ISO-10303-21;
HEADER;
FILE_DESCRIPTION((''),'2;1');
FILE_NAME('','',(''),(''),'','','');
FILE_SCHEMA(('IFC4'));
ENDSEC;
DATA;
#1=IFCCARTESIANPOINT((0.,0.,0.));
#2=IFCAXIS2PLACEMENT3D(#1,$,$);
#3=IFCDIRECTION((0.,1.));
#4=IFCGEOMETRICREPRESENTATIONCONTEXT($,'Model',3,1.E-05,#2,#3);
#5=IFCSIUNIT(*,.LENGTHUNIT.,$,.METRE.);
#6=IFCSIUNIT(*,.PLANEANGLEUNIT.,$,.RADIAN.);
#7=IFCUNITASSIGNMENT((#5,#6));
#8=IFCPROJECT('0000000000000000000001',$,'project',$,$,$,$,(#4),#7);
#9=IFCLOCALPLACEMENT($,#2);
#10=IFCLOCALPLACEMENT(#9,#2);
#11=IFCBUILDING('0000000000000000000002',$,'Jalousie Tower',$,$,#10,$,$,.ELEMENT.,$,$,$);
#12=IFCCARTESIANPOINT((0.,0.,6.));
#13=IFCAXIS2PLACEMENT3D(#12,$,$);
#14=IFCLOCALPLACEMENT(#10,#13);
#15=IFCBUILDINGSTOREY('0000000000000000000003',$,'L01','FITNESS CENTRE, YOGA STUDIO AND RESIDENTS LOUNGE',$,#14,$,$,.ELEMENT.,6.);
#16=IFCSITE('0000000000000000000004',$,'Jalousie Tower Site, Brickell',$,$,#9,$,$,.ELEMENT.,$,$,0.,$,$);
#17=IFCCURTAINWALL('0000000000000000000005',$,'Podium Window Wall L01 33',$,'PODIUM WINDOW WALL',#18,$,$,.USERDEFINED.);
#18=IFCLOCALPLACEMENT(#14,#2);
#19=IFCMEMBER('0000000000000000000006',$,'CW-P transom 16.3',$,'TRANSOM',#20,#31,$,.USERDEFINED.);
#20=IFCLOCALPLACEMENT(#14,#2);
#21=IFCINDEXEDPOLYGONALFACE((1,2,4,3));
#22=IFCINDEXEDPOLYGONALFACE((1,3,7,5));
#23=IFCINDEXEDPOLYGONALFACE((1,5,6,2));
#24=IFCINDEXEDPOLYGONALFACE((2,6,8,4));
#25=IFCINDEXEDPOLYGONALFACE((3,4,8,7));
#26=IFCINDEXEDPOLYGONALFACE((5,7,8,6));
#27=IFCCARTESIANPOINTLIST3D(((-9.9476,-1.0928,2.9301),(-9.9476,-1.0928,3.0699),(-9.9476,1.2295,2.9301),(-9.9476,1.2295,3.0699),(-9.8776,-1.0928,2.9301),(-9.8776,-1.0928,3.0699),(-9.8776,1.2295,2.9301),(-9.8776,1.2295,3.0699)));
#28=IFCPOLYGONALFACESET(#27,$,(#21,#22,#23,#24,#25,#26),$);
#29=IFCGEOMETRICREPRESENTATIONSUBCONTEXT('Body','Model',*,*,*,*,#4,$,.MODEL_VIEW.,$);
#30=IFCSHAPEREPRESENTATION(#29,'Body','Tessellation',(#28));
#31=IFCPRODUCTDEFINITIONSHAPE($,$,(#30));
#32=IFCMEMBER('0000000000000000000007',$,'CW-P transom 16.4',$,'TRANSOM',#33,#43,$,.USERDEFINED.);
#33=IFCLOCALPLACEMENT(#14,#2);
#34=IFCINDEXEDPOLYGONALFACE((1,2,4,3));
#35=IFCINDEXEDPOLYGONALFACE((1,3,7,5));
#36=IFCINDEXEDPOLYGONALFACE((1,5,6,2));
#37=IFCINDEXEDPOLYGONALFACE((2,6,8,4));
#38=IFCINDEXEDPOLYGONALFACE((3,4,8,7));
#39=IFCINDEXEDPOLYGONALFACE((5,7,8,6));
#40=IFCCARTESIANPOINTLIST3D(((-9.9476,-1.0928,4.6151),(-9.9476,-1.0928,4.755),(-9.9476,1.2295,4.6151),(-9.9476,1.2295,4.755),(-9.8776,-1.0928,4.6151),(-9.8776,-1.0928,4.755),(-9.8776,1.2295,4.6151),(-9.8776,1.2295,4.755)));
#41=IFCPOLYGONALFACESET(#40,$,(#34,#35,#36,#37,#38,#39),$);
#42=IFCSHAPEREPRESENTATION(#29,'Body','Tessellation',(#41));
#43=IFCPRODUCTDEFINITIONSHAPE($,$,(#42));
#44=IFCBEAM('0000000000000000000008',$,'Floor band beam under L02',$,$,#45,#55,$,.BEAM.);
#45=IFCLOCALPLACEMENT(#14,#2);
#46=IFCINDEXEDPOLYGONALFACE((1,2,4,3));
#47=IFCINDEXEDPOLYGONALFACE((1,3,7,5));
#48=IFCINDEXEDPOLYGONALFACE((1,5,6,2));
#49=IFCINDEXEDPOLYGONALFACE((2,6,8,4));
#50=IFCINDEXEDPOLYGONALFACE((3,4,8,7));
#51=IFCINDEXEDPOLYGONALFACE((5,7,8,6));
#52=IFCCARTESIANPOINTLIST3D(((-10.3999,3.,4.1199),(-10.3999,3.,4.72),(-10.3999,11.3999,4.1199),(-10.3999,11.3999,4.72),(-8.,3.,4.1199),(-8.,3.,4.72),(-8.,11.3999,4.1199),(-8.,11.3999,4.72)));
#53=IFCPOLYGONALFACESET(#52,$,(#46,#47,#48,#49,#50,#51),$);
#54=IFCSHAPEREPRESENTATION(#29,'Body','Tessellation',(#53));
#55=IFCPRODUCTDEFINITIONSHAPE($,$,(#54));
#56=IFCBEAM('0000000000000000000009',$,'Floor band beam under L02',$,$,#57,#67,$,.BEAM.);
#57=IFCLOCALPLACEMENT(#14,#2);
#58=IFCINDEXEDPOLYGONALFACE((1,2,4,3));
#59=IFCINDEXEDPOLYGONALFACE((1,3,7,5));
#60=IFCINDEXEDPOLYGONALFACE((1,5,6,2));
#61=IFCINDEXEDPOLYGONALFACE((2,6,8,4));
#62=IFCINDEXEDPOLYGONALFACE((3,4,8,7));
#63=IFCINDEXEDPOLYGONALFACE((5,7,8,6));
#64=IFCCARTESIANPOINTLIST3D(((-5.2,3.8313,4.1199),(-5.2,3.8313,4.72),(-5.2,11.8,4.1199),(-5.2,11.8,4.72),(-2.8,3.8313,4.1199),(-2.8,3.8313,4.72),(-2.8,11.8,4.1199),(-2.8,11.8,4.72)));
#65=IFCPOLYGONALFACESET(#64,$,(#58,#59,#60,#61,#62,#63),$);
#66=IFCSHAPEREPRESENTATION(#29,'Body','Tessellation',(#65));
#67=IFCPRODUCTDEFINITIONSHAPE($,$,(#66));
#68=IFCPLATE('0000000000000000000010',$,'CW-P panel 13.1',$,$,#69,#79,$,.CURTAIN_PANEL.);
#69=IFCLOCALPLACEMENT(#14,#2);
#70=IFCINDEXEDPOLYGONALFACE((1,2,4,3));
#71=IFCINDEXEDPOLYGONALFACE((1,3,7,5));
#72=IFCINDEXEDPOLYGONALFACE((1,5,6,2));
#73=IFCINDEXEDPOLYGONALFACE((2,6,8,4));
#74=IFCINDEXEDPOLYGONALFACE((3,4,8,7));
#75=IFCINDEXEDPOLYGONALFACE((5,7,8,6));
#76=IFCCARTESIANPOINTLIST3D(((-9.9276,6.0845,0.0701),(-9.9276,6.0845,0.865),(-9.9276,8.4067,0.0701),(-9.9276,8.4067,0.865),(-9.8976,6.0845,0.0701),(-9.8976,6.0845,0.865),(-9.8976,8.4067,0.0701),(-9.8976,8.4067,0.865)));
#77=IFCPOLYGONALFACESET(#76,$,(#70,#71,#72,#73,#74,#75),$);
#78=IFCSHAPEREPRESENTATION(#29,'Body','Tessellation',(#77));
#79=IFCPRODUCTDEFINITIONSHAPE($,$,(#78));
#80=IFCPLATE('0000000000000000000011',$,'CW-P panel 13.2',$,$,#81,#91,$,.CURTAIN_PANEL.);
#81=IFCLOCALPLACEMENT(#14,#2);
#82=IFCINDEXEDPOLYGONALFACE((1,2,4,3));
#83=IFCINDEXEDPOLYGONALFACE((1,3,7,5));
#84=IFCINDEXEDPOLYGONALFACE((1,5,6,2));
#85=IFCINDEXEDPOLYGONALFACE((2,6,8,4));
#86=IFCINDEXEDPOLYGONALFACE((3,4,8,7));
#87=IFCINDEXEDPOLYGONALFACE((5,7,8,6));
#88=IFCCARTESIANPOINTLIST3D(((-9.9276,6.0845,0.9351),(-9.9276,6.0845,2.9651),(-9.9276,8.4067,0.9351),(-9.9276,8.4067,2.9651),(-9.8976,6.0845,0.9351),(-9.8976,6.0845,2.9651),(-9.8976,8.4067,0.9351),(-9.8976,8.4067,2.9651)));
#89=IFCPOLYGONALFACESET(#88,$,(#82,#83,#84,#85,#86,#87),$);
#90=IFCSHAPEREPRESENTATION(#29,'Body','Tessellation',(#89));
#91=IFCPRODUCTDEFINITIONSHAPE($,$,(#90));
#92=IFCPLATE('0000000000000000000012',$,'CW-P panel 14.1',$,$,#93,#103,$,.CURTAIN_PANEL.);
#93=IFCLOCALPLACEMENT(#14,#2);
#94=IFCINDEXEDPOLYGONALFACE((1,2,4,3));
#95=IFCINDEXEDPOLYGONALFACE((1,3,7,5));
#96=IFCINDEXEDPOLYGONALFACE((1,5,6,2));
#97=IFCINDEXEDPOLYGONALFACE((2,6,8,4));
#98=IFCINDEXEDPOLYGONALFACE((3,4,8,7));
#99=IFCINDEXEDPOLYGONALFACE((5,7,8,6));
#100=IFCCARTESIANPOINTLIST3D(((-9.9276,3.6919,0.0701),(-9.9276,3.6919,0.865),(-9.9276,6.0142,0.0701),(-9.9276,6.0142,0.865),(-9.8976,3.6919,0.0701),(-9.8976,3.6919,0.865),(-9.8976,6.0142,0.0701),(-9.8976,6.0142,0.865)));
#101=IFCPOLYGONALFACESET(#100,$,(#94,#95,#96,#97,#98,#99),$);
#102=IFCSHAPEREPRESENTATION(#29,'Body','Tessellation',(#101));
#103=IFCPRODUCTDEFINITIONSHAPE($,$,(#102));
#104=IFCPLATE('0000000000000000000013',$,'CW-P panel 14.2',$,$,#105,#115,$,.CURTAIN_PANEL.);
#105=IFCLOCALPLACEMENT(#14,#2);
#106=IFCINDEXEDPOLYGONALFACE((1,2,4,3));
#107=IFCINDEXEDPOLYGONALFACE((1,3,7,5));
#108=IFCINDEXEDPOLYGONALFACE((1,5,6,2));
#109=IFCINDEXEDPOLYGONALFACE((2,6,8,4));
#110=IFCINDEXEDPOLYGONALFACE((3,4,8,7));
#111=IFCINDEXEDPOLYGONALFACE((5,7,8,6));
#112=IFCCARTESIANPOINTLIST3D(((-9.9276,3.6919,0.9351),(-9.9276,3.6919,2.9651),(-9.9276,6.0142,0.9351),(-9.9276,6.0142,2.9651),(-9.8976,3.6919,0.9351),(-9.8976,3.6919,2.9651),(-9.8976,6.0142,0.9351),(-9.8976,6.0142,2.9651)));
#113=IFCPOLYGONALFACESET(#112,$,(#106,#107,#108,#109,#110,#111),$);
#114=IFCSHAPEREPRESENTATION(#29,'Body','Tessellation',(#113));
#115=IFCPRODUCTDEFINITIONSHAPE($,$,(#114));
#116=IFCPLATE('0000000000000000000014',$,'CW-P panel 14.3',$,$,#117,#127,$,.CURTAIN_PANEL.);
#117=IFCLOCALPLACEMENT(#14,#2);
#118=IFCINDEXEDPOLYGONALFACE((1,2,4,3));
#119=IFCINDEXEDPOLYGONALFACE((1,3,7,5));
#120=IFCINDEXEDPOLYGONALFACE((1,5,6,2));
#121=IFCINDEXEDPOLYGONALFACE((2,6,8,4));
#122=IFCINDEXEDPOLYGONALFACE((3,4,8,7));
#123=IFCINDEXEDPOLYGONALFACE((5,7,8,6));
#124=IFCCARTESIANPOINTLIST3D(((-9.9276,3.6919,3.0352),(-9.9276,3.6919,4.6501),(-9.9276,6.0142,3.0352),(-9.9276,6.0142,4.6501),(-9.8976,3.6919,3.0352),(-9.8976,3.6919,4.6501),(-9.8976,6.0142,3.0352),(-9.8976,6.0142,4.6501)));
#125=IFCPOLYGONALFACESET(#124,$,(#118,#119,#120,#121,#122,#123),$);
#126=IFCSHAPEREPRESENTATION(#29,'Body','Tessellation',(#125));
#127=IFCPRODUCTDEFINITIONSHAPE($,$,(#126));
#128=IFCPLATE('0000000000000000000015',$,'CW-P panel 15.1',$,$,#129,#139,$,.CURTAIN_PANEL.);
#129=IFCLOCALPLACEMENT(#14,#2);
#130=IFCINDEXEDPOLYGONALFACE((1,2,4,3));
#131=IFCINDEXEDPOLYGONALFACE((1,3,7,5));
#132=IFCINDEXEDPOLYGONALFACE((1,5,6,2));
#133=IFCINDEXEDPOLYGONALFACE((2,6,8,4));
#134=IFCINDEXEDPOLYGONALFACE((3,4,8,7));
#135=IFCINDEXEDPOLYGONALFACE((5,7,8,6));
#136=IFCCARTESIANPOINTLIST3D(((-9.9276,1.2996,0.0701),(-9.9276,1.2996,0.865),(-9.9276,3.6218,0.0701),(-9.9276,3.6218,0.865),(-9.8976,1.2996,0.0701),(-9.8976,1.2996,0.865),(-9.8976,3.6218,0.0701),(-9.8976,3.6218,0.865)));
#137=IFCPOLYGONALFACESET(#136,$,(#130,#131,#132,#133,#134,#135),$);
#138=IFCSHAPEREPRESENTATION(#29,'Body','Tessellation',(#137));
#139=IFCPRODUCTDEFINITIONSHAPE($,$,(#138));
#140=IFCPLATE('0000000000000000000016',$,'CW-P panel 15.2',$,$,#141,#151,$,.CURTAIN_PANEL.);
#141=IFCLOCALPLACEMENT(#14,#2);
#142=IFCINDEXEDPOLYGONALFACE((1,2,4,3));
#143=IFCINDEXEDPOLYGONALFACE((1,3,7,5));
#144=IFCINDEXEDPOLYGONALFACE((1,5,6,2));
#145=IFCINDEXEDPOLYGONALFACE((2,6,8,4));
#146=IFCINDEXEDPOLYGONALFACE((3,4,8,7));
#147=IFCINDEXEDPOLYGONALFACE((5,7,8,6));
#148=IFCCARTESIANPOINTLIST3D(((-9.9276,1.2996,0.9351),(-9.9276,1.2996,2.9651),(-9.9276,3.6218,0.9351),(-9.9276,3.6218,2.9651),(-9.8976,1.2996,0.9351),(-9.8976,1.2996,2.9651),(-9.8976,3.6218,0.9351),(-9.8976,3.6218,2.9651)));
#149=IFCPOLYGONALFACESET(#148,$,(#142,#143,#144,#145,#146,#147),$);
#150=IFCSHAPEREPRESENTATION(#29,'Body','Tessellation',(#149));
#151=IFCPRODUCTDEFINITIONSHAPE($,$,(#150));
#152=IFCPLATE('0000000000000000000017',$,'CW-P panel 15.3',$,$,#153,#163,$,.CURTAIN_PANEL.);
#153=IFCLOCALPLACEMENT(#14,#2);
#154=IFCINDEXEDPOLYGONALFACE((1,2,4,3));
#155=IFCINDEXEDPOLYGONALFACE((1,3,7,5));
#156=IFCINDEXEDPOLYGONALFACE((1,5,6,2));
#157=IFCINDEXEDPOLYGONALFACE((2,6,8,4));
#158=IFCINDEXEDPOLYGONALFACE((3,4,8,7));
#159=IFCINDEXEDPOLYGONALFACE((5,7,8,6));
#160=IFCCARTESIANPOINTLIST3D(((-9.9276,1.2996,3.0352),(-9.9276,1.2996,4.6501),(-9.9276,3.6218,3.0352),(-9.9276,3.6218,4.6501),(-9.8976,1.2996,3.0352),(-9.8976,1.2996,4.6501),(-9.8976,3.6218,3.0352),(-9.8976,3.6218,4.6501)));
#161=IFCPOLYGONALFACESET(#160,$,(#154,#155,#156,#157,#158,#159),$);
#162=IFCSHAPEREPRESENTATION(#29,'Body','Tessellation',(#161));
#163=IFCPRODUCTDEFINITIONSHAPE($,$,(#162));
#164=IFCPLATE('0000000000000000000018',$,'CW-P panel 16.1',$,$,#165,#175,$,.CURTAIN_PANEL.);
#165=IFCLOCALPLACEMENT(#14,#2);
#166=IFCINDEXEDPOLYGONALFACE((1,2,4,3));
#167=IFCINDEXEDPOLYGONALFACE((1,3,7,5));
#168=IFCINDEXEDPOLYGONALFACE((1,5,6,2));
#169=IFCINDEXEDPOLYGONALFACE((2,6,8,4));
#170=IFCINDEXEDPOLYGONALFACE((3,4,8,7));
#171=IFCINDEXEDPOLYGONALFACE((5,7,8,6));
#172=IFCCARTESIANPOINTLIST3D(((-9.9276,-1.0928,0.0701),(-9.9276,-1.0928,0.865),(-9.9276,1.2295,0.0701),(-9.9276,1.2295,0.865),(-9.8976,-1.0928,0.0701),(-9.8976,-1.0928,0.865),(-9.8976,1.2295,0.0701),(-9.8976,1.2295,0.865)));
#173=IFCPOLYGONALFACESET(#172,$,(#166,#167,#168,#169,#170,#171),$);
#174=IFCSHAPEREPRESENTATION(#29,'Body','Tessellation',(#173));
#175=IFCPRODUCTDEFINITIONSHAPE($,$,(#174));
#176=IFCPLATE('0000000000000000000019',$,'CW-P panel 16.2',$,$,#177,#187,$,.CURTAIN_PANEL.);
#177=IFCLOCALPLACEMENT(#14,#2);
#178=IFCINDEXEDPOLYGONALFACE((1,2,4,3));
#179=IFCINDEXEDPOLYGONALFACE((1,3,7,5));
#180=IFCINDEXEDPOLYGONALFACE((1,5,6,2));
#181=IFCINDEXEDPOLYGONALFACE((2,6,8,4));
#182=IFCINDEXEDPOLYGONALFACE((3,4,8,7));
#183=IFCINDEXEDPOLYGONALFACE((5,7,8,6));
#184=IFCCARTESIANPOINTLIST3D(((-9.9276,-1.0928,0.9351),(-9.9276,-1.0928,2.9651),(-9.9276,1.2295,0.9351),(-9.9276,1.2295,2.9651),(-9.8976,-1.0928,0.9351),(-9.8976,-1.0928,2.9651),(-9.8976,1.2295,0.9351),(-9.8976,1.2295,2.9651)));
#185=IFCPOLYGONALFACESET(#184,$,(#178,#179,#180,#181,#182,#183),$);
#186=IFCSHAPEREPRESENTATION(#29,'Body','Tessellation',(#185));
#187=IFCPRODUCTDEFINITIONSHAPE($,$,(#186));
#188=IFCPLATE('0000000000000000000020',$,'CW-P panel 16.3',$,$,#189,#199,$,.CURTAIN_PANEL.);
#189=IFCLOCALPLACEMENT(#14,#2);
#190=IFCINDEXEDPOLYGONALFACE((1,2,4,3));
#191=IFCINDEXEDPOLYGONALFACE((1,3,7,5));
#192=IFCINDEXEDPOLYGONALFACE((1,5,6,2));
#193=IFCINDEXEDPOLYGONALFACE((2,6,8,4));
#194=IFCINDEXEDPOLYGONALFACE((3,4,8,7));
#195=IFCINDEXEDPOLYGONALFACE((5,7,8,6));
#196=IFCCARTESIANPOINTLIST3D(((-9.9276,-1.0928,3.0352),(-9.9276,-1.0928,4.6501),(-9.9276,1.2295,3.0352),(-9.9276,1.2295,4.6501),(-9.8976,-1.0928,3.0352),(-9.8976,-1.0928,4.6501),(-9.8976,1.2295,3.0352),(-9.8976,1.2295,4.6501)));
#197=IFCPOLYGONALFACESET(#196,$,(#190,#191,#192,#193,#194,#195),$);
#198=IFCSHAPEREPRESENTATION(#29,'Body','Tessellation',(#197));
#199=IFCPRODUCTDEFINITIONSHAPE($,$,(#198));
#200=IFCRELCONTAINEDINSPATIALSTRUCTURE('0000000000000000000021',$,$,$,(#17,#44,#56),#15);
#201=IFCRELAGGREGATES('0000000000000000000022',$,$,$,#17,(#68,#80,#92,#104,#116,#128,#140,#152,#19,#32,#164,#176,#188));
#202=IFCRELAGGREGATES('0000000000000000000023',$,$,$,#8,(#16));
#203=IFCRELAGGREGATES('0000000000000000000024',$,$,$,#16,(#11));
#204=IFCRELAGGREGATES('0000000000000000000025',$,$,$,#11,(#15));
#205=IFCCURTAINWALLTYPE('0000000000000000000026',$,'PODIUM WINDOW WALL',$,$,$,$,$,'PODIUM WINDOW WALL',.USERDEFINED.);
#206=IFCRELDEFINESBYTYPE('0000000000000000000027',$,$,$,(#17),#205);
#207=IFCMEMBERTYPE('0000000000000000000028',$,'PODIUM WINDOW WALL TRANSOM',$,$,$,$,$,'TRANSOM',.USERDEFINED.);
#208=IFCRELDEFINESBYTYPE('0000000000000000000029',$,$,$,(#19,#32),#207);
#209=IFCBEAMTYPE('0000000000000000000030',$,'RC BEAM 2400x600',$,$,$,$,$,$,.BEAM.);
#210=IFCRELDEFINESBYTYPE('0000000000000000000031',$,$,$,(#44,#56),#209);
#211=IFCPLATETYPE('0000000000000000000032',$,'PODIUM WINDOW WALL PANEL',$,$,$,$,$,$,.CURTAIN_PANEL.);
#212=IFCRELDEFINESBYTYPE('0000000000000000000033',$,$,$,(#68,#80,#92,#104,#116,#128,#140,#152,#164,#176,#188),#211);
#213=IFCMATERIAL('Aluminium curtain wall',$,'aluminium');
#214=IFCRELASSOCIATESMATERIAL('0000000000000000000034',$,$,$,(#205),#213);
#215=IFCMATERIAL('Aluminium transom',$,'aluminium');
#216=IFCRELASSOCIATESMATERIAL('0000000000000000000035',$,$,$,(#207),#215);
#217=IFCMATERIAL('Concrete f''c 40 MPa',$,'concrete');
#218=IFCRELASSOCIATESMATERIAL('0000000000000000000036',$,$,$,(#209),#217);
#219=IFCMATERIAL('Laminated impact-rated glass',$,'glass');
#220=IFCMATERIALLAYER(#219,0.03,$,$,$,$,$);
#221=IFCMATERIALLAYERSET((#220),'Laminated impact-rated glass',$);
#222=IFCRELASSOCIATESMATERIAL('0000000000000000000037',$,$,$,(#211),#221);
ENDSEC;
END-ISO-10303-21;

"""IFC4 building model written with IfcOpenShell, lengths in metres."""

from ifc_helpers import new_model, si_unit, direction, frame, origin, origin_2d, place, context, subcontext, project, spatial, rectangle, extrude, material, layer, layer_set, material_profile, profile_set, type_object, element, aggregate, save


model = new_model("IFC4")

# Units and contexts
model_context = context("Model", 3, precision=1e-05, world=origin(), true_north=direction((0.0, 1.0)))
body_context = subcontext(model_context, "Body", "Model", "MODEL_VIEW")
ifc_project = project(units=[si_unit("LENGTHUNIT", "METRE"), si_unit("PLANEANGLEUNIT", "RADIAN")], contexts=[model_context])

# Site, building, storey
site_placement = place(None, origin())
site = spatial("IfcSite", under=ifc_project, at=site_placement, Name="Jalousie Tower Site, Brickell", CompositionType="ELEMENT", RefElevation=0.0)
building_placement = place(site_placement, origin())
building = spatial("IfcBuilding", under=site, at=building_placement, Name="Jalousie Tower", CompositionType="ELEMENT")
storey_placement = place(building_placement, frame((0.0, 0.0, 6.0)))
storey = spatial("IfcBuildingStorey", under=building, at=storey_placement, Name="L01", Description="FITNESS CENTRE, YOGA STUDIO AND RESIDENTS LOUNGE", CompositionType="ELEMENT", Elevation=6.0)

# Curtain wall, members
ifc_material_1 = material(Name="Aluminium curtain wall", Category="aluminium")
curtain_wall_type = type_object("IfcCurtainWallType", Name="PODIUM WINDOW WALL", ElementType="PODIUM WINDOW WALL", PredefinedType="USERDEFINED", material=ifc_material_1)
curtain_wall_placement = place(storey_placement, origin())
curtain_wall = element("IfcCurtainWall", 1, at=curtain_wall_placement, inside=storey, type_object=curtain_wall_type, Name="Podium Window Wall L01 33", ObjectType="PODIUM WINDOW WALL", PredefinedType="USERDEFINED")
ifc_material_2 = material(Name="Aluminium transom", Category="aluminium")
ifc_material_profile_1 = material_profile(ifc_material_2, rectangle(XDim=0.0701, YDim=0.1399, at=origin_2d()), Name="TRANSOM 70x140")
ifc_profile_set_1 = profile_set([ifc_material_profile_1], Name="Aluminium transom")
member_type_1 = type_object("IfcMemberType", Name="PODIUM WINDOW WALL TRANSOM", ElementType="TRANSOM", PredefinedType="USERDEFINED", material=ifc_profile_set_1)
member_1_placement = place(storey_placement, frame((-9.9126, 1.2295, 3.0), z_axis=(0.0, -1.0, 0.0), x_axis=(1.0, 0.0, 0.0)))
member_1 = element("IfcMember", 2, at=member_1_placement, type_object=member_type_1, Name="CW-P transom 16.3", ObjectType="TRANSOM", PredefinedType="USERDEFINED", context=body_context, shape_type="SweptSolid", body=[
    extrude(rectangle(XDim=0.0701, YDim=0.1399, at=origin_2d()), origin(), (0.0, 0.0, 1.0), 2.3223),
])
member_2_placement = place(storey_placement, frame((-9.9126, 1.2295, 4.6851), z_axis=(0.0, -1.0, 0.0), x_axis=(1.0, 0.0, 0.0)))
member_2 = element("IfcMember", 3, at=member_2_placement, type_object=member_type_1, Name="CW-P transom 16.4", ObjectType="TRANSOM", PredefinedType="USERDEFINED", context=body_context, shape_type="SweptSolid", body=[
    extrude(rectangle(XDim=0.0701, YDim=0.1399, at=origin_2d()), origin(), (0.0, 0.0, 1.0), 2.3223),
])

# Beams
ifc_material_3 = material(Name="Concrete f'c 40 MPa", Category="concrete")
ifc_material_profile_2 = material_profile(ifc_material_3, rectangle(XDim=2.3999, YDim=0.6001, at=origin_2d()), Name="RC 2400x600")
ifc_profile_set_2 = profile_set([ifc_material_profile_2], Name="Concrete f'c 40 MPa")
beam_type = type_object("IfcBeamType", Name="RC BEAM 2400x600", PredefinedType="BEAM", material=ifc_profile_set_2)
beam_1_placement = place(storey_placement, frame((-9.2, 3.0, 4.4199), z_axis=(0.0, 1.0, 0.0), x_axis=(-1.0, 0.0, 0.0)))
element("IfcBeam", 4, at=beam_1_placement, inside=storey, type_object=beam_type, Name="Floor band beam under L02", PredefinedType="BEAM", context=body_context, shape_type="SweptSolid", body=[
    extrude(rectangle(XDim=2.3999, YDim=0.6001, at=origin_2d()), origin(), (0.0, 0.0, 1.0), 8.3999),
])
beam_2_placement = place(storey_placement, frame((-4.0, 3.8313, 4.4199), z_axis=(0.0, 1.0, 0.0), x_axis=(-1.0, 0.0, 0.0)))
element("IfcBeam", 5, at=beam_2_placement, inside=storey, type_object=beam_type, Name="Floor band beam under L02", PredefinedType="BEAM", context=body_context, shape_type="SweptSolid", body=[
    extrude(rectangle(XDim=2.3999, YDim=0.6001, at=origin_2d()), origin(), (0.0, 0.0, 1.0), 7.9688),
])

# Plates
ifc_material_4 = material(Name="Laminated impact-rated glass", Category="glass")
ifc_layer_1 = layer(ifc_material_4, 0.03)
ifc_layer_set_1 = layer_set([ifc_layer_1], Name="Laminated impact-rated glass")
plate_type = type_object("IfcPlateType", Name="PODIUM WINDOW WALL PANEL", PredefinedType="CURTAIN_PANEL", material=ifc_layer_set_1)
plate_1_placement = place(storey_placement, frame((-9.9126, 7.2456, 0.0701), z_axis=(0.0, 0.0, 1.0), x_axis=(0.0, -1.0, 0.0)))
plate_1 = element("IfcPlate", 6, at=plate_1_placement, type_object=plate_type, Name="CW-P panel 13.1", PredefinedType="CURTAIN_PANEL", context=body_context, shape_type="SweptSolid", body=[
    extrude(rectangle(XDim=2.3223, YDim=0.03, at=origin_2d()), origin(), (0.0, 0.0, 1.0), 0.7949),
])
plate_2_placement = place(storey_placement, frame((-9.9126, 7.2456, 0.9351), z_axis=(0.0, 0.0, 1.0), x_axis=(0.0, -1.0, 0.0)))
plate_2 = element("IfcPlate", 7, at=plate_2_placement, type_object=plate_type, Name="CW-P panel 13.2", PredefinedType="CURTAIN_PANEL", context=body_context, shape_type="SweptSolid", body=[
    extrude(rectangle(XDim=2.3223, YDim=0.03, at=origin_2d()), origin(), (0.0, 0.0, 1.0), 2.03),
])
plate_3_placement = place(storey_placement, frame((-9.9126, 4.853, 0.0701), z_axis=(0.0, 0.0, 1.0), x_axis=(0.0, -1.0, 0.0)))
plate_3 = element("IfcPlate", 8, at=plate_3_placement, type_object=plate_type, Name="CW-P panel 14.1", PredefinedType="CURTAIN_PANEL", context=body_context, shape_type="SweptSolid", body=[
    extrude(rectangle(XDim=2.3223, YDim=0.03, at=origin_2d()), origin(), (0.0, 0.0, 1.0), 0.7949),
])
plate_4_placement = place(storey_placement, frame((-9.9126, 4.853, 0.9351), z_axis=(0.0, 0.0, 1.0), x_axis=(0.0, -1.0, 0.0)))
plate_4 = element("IfcPlate", 9, at=plate_4_placement, type_object=plate_type, Name="CW-P panel 14.2", PredefinedType="CURTAIN_PANEL", context=body_context, shape_type="SweptSolid", body=[
    extrude(rectangle(XDim=2.3223, YDim=0.03, at=origin_2d()), origin(), (0.0, 0.0, 1.0), 2.03),
])
plate_5_placement = place(storey_placement, frame((-9.9126, 4.853, 3.0352), z_axis=(0.0, 0.0, 1.0), x_axis=(0.0, -1.0, 0.0)))
plate_5 = element("IfcPlate", 10, at=plate_5_placement, type_object=plate_type, Name="CW-P panel 14.3", PredefinedType="CURTAIN_PANEL", context=body_context, shape_type="SweptSolid", body=[
    extrude(rectangle(XDim=2.3223, YDim=0.03, at=origin_2d()), origin(), (0.0, 0.0, 1.0), 1.615),
])
plate_6_placement = place(storey_placement, frame((-9.9126, 2.4607, 0.0701), z_axis=(0.0, 0.0, 1.0), x_axis=(0.0, -1.0, 0.0)))
plate_6 = element("IfcPlate", 11, at=plate_6_placement, type_object=plate_type, Name="CW-P panel 15.1", PredefinedType="CURTAIN_PANEL", context=body_context, shape_type="SweptSolid", body=[
    extrude(rectangle(XDim=2.3223, YDim=0.03, at=origin_2d()), origin(), (0.0, 0.0, 1.0), 0.7949),
])
plate_7_placement = place(storey_placement, frame((-9.9126, 2.4607, 0.9351), z_axis=(0.0, 0.0, 1.0), x_axis=(0.0, -1.0, 0.0)))
plate_7 = element("IfcPlate", 12, at=plate_7_placement, type_object=plate_type, Name="CW-P panel 15.2", PredefinedType="CURTAIN_PANEL", context=body_context, shape_type="SweptSolid", body=[
    extrude(rectangle(XDim=2.3223, YDim=0.03, at=origin_2d()), origin(), (0.0, 0.0, 1.0), 2.03),
])
plate_8_placement = place(storey_placement, frame((-9.9126, 2.4607, 3.0352), z_axis=(0.0, 0.0, 1.0), x_axis=(0.0, -1.0, 0.0)))
plate_8 = element("IfcPlate", 13, at=plate_8_placement, type_object=plate_type, Name="CW-P panel 15.3", PredefinedType="CURTAIN_PANEL", context=body_context, shape_type="SweptSolid", body=[
    extrude(rectangle(XDim=2.3223, YDim=0.03, at=origin_2d()), origin(), (0.0, 0.0, 1.0), 1.615),
])
plate_9_placement = place(storey_placement, frame((-9.9126, 0.0684, 0.0701), z_axis=(0.0, 0.0, 1.0), x_axis=(0.0, -1.0, 0.0)))
plate_9 = element("IfcPlate", 14, at=plate_9_placement, type_object=plate_type, Name="CW-P panel 16.1", PredefinedType="CURTAIN_PANEL", context=body_context, shape_type="SweptSolid", body=[
    extrude(rectangle(XDim=2.3223, YDim=0.03, at=origin_2d()), origin(), (0.0, 0.0, 1.0), 0.7949),
])
plate_10_placement = place(storey_placement, frame((-9.9126, 0.0684, 0.9351), z_axis=(0.0, 0.0, 1.0), x_axis=(0.0, -1.0, 0.0)))
plate_10 = element("IfcPlate", 15, at=plate_10_placement, type_object=plate_type, Name="CW-P panel 16.2", PredefinedType="CURTAIN_PANEL", context=body_context, shape_type="SweptSolid", body=[
    extrude(rectangle(XDim=2.3223, YDim=0.03, at=origin_2d()), origin(), (0.0, 0.0, 1.0), 2.03),
])
plate_11_placement = place(storey_placement, frame((-9.9126, 0.0684, 3.0352), z_axis=(0.0, 0.0, 1.0), x_axis=(0.0, -1.0, 0.0)))
plate_11 = element("IfcPlate", 16, at=plate_11_placement, type_object=plate_type, Name="CW-P panel 16.3", PredefinedType="CURTAIN_PANEL", context=body_context, shape_type="SweptSolid", body=[
    extrude(rectangle(XDim=2.3223, YDim=0.03, at=origin_2d()), origin(), (0.0, 0.0, 1.0), 1.615),
])
aggregate(curtain_wall, [plate_1, plate_2, plate_3, plate_4, plate_5, plate_6, plate_7, plate_8, member_1, member_2, plate_9, plate_10, plate_11])

save(model, "model.ifc")
